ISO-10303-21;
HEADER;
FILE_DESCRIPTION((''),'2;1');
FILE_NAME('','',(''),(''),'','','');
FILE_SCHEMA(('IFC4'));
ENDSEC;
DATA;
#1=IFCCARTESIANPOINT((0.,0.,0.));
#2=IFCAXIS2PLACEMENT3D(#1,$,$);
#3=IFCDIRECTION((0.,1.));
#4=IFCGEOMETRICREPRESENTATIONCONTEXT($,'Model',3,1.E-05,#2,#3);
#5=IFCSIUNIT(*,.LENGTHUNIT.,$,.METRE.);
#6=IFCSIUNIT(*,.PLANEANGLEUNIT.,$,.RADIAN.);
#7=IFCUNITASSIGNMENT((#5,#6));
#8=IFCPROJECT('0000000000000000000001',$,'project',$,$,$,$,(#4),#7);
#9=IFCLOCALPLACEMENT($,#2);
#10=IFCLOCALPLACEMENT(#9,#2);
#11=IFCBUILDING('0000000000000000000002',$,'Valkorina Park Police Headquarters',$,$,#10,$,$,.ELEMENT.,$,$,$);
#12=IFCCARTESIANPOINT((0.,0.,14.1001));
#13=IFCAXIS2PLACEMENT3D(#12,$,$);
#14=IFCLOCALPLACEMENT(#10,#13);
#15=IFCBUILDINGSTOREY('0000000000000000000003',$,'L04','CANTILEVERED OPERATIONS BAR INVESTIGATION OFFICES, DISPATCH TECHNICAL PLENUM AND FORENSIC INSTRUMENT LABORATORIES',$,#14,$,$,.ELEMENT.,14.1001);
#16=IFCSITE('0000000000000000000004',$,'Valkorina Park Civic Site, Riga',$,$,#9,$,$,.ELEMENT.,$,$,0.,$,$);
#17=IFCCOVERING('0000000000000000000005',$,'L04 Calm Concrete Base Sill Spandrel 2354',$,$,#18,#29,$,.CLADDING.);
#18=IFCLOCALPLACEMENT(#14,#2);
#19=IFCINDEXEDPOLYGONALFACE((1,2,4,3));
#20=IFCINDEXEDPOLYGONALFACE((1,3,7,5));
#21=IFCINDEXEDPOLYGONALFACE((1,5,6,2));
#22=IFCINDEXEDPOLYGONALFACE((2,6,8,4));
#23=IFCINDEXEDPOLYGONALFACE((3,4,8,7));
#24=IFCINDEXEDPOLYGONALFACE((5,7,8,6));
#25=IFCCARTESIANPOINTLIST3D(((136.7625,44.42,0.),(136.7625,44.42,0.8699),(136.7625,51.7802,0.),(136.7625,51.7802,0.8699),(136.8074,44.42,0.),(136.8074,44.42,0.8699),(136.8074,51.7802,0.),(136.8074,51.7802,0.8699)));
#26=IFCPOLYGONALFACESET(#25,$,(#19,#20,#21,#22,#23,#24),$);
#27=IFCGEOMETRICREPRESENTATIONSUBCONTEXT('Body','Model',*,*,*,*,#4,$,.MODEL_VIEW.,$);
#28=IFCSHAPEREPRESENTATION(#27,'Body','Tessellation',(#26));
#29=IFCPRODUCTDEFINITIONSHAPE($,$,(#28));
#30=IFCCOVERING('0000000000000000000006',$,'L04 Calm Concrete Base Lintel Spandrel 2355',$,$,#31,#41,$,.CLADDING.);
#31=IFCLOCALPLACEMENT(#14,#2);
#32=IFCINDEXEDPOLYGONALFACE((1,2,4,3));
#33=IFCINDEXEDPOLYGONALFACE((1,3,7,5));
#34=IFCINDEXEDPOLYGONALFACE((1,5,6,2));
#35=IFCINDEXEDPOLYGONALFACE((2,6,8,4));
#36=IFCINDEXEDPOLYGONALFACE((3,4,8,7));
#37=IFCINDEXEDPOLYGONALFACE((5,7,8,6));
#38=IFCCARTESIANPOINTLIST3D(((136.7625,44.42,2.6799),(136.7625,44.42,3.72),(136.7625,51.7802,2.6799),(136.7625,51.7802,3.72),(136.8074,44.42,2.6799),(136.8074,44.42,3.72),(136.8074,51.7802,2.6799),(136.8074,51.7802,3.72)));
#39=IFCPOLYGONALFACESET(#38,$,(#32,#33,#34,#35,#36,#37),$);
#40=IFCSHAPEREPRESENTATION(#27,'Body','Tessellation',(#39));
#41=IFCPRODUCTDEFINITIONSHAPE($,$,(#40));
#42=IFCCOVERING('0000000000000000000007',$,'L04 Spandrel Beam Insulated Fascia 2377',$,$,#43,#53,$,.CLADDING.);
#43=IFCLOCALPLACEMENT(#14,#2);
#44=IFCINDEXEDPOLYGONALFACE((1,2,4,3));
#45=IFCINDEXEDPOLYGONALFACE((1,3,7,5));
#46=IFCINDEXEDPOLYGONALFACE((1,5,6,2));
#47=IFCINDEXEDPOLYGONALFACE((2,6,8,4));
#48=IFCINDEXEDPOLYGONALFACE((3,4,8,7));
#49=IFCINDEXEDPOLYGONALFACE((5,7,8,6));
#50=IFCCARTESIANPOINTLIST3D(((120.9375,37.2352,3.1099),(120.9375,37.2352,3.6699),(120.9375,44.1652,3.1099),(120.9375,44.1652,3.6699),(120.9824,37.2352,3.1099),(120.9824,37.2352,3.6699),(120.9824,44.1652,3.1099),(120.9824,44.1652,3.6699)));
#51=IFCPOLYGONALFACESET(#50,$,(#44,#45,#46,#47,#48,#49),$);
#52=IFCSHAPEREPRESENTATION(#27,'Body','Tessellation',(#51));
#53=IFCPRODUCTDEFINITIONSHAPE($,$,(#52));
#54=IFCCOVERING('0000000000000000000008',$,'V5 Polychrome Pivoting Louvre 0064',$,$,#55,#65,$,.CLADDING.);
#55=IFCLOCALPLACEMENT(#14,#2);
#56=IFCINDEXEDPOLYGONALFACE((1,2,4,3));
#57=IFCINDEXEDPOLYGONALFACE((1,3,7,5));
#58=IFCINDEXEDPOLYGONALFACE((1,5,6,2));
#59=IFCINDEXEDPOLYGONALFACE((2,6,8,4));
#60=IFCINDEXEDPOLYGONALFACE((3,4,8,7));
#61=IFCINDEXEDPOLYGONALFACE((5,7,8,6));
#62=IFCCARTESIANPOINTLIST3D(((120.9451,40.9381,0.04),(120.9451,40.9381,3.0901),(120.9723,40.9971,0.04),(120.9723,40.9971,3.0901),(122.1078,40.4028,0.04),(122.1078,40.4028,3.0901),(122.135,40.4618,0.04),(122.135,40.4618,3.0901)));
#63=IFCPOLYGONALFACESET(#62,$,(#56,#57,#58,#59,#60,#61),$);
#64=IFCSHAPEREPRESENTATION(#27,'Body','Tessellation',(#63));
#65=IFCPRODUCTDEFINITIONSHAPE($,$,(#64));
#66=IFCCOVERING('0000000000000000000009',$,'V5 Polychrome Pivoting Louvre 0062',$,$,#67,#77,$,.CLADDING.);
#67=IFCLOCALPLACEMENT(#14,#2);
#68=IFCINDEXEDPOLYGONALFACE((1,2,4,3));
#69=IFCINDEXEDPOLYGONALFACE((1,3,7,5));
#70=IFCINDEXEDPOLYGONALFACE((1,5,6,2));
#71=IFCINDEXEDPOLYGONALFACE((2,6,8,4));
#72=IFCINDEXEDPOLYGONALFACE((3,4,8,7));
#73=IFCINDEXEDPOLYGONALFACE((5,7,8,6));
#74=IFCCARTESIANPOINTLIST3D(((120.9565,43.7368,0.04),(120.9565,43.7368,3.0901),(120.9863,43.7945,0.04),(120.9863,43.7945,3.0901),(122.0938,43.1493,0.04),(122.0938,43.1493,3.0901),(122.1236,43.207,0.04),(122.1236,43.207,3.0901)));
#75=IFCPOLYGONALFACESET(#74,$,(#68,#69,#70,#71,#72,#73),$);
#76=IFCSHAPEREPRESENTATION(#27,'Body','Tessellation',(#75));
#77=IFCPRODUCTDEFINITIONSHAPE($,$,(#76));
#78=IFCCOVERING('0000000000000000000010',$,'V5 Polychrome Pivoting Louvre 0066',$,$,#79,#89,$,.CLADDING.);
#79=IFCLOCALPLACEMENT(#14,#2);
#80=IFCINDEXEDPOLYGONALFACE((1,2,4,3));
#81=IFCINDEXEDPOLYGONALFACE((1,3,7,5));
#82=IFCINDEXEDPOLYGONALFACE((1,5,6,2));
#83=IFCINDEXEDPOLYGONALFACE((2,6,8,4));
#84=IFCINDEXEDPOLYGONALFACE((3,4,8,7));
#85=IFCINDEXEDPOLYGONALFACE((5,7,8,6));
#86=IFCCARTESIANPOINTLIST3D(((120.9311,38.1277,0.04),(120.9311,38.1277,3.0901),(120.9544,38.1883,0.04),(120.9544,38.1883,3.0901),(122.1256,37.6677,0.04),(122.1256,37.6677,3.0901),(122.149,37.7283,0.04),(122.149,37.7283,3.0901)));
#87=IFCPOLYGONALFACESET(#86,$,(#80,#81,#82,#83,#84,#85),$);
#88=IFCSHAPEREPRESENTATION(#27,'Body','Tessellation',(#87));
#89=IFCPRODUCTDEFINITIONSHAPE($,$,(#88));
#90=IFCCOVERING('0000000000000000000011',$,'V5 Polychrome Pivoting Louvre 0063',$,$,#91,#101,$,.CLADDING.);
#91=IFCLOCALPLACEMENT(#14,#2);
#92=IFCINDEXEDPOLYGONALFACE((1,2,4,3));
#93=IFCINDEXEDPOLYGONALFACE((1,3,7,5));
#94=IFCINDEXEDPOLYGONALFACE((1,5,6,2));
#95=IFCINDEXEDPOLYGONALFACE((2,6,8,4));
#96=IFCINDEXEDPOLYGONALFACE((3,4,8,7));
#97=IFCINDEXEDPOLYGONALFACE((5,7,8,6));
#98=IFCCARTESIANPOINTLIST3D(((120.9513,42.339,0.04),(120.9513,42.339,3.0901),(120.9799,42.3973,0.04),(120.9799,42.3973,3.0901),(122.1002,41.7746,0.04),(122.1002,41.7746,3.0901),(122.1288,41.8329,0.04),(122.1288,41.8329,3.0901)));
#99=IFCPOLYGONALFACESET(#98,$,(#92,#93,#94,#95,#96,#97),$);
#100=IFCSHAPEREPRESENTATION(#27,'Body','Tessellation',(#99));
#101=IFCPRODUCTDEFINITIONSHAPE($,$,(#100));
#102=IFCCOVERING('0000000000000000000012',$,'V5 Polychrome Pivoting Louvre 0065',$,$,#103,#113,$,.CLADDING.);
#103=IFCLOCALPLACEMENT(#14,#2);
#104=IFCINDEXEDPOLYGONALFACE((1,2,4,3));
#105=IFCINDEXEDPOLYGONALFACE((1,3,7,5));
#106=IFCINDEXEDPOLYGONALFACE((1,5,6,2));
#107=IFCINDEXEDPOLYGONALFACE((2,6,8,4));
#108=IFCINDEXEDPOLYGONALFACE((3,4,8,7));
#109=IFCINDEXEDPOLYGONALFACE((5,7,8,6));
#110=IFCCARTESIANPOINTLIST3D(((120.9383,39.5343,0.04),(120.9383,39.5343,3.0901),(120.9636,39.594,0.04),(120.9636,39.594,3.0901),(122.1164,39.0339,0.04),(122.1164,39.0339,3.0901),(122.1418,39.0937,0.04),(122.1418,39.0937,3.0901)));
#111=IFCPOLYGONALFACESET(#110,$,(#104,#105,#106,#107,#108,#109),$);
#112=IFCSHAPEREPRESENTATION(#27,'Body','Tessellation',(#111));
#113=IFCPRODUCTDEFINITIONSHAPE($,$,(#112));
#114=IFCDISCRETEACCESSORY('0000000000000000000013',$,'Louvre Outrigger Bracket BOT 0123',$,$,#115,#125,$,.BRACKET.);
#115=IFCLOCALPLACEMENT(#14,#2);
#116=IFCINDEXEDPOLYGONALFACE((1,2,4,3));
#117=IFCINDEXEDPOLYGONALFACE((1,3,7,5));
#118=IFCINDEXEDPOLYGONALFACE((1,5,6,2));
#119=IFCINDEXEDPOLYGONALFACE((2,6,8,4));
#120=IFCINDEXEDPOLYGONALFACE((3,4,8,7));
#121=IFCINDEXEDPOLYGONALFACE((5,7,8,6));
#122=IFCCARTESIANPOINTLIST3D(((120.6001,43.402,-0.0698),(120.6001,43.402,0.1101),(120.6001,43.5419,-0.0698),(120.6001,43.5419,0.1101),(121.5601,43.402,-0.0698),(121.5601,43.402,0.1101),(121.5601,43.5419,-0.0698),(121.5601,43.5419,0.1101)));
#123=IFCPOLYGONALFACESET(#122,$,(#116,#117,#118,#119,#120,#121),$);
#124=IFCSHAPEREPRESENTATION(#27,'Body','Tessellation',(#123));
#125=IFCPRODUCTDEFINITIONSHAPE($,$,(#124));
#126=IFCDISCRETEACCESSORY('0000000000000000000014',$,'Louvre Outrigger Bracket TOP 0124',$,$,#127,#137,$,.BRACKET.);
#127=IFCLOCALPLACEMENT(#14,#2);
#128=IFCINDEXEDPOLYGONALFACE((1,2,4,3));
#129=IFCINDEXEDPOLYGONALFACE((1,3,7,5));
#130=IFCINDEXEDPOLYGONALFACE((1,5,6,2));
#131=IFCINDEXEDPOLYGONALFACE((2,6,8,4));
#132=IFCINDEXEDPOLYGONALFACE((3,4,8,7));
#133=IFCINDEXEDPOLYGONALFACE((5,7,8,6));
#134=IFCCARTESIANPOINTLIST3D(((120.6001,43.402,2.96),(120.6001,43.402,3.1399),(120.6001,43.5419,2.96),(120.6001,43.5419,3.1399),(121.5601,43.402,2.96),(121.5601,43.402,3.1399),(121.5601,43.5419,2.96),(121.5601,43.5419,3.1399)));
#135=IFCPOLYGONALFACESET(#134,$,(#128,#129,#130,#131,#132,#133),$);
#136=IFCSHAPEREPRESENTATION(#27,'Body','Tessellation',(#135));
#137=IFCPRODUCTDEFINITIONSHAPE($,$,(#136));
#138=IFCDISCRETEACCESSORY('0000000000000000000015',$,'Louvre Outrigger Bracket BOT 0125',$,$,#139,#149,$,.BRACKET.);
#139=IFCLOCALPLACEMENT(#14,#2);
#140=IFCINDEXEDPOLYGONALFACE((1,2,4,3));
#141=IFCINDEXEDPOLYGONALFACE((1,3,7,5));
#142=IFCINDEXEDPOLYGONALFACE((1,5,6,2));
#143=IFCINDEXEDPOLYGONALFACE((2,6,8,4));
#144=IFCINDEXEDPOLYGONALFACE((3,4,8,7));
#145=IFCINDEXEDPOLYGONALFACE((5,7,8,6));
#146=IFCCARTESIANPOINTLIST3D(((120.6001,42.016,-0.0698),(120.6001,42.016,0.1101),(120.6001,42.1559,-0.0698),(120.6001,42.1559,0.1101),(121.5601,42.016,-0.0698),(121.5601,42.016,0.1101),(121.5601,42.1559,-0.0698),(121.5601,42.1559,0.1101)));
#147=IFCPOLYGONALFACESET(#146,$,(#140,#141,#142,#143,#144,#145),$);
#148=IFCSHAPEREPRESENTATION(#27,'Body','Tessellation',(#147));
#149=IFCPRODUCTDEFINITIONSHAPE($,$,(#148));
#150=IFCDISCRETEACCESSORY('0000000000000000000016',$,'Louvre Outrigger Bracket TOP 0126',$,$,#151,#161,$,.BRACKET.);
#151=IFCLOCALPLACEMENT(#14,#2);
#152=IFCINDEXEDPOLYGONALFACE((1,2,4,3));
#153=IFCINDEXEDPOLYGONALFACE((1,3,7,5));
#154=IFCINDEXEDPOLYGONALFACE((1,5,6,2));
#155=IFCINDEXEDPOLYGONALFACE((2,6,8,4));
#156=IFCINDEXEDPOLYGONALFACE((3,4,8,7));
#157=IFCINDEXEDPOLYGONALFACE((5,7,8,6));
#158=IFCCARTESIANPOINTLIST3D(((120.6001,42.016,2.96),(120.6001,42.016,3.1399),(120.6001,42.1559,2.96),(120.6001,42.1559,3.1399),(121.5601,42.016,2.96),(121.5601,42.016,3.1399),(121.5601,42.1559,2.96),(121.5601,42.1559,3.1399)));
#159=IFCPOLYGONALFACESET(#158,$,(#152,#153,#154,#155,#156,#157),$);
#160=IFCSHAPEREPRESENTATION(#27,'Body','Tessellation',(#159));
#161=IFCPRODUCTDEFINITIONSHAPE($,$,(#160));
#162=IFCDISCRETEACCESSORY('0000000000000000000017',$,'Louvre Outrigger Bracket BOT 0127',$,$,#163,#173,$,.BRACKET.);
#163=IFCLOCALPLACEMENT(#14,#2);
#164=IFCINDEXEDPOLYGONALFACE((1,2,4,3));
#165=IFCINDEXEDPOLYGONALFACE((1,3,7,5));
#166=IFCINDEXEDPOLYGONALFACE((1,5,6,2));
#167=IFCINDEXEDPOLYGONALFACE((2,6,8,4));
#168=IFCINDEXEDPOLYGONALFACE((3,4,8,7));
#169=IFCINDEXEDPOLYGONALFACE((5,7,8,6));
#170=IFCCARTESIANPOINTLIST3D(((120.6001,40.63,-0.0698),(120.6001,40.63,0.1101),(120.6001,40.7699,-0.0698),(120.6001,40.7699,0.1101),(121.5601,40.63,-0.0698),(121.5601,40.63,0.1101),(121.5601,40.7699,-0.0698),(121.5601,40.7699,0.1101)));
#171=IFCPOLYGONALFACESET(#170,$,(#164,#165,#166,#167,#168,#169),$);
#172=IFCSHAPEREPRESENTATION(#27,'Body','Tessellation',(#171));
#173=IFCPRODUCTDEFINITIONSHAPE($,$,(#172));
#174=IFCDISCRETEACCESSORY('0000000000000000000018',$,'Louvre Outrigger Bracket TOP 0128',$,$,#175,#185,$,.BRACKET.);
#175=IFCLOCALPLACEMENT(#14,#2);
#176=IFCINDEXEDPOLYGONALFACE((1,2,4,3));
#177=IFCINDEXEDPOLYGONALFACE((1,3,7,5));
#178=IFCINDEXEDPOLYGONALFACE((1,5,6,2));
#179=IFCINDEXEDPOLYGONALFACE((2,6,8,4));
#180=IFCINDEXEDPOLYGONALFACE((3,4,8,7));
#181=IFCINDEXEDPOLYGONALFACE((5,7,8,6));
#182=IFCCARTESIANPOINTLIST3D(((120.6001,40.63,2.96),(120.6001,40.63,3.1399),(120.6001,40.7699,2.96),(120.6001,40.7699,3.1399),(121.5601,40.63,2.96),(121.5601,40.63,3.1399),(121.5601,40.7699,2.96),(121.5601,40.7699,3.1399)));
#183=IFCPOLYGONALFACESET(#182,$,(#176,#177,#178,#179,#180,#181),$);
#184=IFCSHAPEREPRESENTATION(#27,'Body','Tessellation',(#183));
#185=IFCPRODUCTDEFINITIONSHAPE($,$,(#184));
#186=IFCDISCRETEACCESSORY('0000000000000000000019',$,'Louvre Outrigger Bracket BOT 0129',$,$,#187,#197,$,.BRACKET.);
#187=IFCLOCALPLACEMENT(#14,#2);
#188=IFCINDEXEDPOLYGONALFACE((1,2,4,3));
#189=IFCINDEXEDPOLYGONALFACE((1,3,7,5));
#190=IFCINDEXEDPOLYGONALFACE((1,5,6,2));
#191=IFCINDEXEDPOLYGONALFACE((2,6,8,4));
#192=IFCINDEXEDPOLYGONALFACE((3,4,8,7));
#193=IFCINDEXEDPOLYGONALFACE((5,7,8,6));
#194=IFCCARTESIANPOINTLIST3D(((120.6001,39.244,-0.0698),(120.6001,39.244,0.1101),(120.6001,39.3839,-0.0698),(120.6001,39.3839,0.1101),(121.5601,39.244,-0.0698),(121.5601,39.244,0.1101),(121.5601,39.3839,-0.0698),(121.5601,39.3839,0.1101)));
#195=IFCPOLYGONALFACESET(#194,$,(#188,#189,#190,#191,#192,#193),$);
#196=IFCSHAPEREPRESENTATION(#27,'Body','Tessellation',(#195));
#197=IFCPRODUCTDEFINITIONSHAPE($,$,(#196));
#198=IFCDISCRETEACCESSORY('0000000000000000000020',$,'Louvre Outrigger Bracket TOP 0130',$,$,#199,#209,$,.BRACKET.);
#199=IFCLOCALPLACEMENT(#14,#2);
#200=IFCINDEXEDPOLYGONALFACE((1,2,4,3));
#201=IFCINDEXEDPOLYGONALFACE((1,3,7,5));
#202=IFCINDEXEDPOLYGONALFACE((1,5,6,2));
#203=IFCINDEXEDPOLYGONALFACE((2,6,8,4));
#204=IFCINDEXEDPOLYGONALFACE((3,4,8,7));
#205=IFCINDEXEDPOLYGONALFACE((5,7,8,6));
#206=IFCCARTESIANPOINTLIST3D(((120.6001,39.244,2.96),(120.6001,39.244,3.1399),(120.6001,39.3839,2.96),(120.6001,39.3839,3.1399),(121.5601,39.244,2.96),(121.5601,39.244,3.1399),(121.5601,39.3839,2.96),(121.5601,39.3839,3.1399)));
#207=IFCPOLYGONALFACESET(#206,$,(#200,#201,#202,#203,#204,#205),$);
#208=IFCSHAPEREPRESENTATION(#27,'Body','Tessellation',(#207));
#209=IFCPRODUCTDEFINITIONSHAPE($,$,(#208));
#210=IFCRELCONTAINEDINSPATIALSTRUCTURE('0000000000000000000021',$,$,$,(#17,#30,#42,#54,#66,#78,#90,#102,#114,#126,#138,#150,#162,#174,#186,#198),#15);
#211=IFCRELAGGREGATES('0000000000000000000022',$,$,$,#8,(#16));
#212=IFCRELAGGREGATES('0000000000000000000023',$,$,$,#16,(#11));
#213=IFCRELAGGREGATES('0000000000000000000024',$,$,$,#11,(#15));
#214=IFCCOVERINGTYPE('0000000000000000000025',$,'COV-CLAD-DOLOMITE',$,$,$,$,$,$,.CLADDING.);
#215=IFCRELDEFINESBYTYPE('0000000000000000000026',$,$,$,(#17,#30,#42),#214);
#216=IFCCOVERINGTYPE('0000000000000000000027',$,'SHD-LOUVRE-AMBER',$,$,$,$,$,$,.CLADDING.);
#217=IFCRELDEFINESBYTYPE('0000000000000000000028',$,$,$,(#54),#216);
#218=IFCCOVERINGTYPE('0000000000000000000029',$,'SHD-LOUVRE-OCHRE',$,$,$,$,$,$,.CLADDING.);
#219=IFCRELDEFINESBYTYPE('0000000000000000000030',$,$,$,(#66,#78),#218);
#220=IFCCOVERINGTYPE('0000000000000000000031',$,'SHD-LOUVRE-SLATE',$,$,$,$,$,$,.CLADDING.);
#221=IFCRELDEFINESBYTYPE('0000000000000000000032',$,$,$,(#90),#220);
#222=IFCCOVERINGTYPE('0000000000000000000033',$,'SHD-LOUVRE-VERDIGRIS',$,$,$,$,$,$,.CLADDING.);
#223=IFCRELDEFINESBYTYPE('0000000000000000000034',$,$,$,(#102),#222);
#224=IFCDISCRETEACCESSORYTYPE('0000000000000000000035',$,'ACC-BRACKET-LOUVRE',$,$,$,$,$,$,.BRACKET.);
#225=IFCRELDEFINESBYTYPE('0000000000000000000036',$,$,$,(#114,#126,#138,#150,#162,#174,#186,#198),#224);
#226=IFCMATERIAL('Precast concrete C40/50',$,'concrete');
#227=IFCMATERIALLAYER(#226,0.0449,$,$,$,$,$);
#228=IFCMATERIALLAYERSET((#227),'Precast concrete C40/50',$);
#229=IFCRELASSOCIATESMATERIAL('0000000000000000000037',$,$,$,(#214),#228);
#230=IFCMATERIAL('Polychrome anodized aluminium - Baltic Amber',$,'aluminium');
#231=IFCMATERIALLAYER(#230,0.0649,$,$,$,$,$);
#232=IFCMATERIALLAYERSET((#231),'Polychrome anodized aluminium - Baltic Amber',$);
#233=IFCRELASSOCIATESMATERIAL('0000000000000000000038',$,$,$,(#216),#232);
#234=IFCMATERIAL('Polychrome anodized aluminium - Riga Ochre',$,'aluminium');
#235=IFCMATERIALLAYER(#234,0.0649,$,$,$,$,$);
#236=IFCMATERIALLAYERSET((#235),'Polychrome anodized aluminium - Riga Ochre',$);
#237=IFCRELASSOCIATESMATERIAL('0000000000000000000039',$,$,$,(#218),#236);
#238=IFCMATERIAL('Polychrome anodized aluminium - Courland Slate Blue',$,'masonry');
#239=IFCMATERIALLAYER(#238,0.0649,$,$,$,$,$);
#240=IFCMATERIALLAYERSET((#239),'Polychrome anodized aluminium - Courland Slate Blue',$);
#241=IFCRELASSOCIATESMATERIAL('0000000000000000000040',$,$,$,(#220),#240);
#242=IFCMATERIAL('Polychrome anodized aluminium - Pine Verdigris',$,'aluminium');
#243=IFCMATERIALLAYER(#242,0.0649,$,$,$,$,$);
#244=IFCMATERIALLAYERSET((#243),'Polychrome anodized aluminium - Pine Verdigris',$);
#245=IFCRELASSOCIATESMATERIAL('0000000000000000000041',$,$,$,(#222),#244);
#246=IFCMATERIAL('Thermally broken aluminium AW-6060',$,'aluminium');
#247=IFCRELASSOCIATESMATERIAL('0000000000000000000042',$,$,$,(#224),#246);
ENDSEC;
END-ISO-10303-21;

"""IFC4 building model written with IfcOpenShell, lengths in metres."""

from ifc_helpers import new_model, si_unit, direction, frame, frame_2d, origin, origin_2d, place, context, subcontext, project, spatial, rectangle, extrude, material, layer, layer_set, type_object, element, save


model = new_model("IFC4")

# Units and contexts
model_context = context("Model", 3, precision=1e-05, world=origin(), true_north=direction((0.0, 1.0)))
body_context = subcontext(model_context, "Body", "Model", "MODEL_VIEW")
ifc_project = project(units=[si_unit("LENGTHUNIT", "METRE"), si_unit("PLANEANGLEUNIT", "RADIAN")], contexts=[model_context])

# Site, building, storey
site_placement = place(None, origin())
site = spatial("IfcSite", under=ifc_project, at=site_placement, Name="Valkorina Park Civic Site, Riga", CompositionType="ELEMENT", RefElevation=0.0)
building_placement = place(site_placement, origin())
building = spatial("IfcBuilding", under=site, at=building_placement, Name="Valkorina Park Police Headquarters", CompositionType="ELEMENT")
storey_placement = place(building_placement, frame((0.0, 0.0, 14.1001)))
storey = spatial("IfcBuildingStorey", under=building, at=storey_placement, Name="L04", Description="CANTILEVERED OPERATIONS BAR INVESTIGATION OFFICES, DISPATCH TECHNICAL PLENUM AND FORENSIC INSTRUMENT LABORATORIES", CompositionType="ELEMENT", Elevation=14.1001)

# Shared definitions
ifc_material_1 = material(Name="Thermally broken aluminium AW-6060", Category="aluminium")

# Coverings
ifc_material_2 = material(Name="Precast concrete C40/50", Category="concrete")
ifc_layer_1 = layer(ifc_material_2, 0.0449)
ifc_layer_set_1 = layer_set([ifc_layer_1], Name="Precast concrete C40/50")
covering_type_1 = type_object("IfcCoveringType", Name="COV-CLAD-DOLOMITE", PredefinedType="CLADDING", material=ifc_layer_set_1)
covering_1_placement = place(storey_placement, frame((136.7849, 44.4199, 0.0), z_axis=(0.0, 0.0, 1.0), x_axis=(0.0, 1.0, 0.0)))
element("IfcCovering", 1, at=covering_1_placement, inside=storey, type_object=covering_type_1, Name="L04 Calm Concrete Base Sill Spandrel 2354", PredefinedType="CLADDING", context=body_context, shape_type="SweptSolid", body=[
    extrude(rectangle(XDim=7.3601, YDim=0.0449, at=frame_2d((3.6802, 0.0))), origin(), (0.0, 0.0, 1.0), 0.8699),
])
covering_2_placement = place(storey_placement, frame((136.7849, 44.4199, 2.6799), z_axis=(0.0, 0.0, 1.0), x_axis=(0.0, 1.0, 0.0)))
element("IfcCovering", 2, at=covering_2_placement, inside=storey, type_object=covering_type_1, Name="L04 Calm Concrete Base Lintel Spandrel 2355", PredefinedType="CLADDING", context=body_context, shape_type="SweptSolid", body=[
    extrude(rectangle(XDim=7.3601, YDim=0.0449, at=frame_2d((3.6802, 0.0))), origin(), (0.0, 0.0, 1.0), 1.04),
])
covering_3_placement = place(storey_placement, frame((120.96, 44.165, 3.1099), z_axis=(0.0, 0.0, 1.0), x_axis=(0.0, -1.0, 0.0)))
element("IfcCovering", 3, at=covering_3_placement, inside=storey, type_object=covering_type_1, Name="L04 Spandrel Beam Insulated Fascia 2377", PredefinedType="CLADDING", context=body_context, shape_type="SweptSolid", body=[
    extrude(rectangle(XDim=6.9299, YDim=0.0449, at=frame_2d((3.4648, 0.0))), origin(), (0.0, 0.0, 1.0), 0.5601),
])
ifc_material_3 = material(Name="Polychrome anodized aluminium - Baltic Amber", Category="aluminium")
ifc_layer_2 = layer(ifc_material_3, 0.0649)
ifc_layer_set_2 = layer_set([ifc_layer_2], Name="Polychrome anodized aluminium - Baltic Amber")
covering_type_2 = type_object("IfcCoveringType", Name="SHD-LOUVRE-AMBER", PredefinedType="CLADDING", material=ifc_layer_set_2)
covering_4_placement = place(storey_placement, frame((121.54, 40.7, 0.04), z_axis=(0.0, 0.0, 1.0), x_axis=(0.908362, -0.418184, 0.0)))
element("IfcCovering", 4, at=covering_4_placement, inside=storey, type_object=covering_type_2, Name="V5 Polychrome Pivoting Louvre 0064", PredefinedType="CLADDING", context=body_context, shape_type="SweptSolid", body=[
    extrude(rectangle(XDim=1.28, YDim=0.0649, at=origin_2d()), origin(), (0.0, 0.0, 1.0), 3.05),
])
ifc_material_4 = material(Name="Polychrome anodized aluminium - Riga Ochre", Category="aluminium")
ifc_layer_3 = layer(ifc_material_4, 0.0649)
ifc_layer_set_3 = layer_set([ifc_layer_3], Name="Polychrome anodized aluminium - Riga Ochre")
covering_type_3 = type_object("IfcCoveringType", Name="SHD-LOUVRE-OCHRE", PredefinedType="CLADDING", material=ifc_layer_set_3)
for number, where, z_axis, x_axis, name in (
    (5, (121.54, 43.4719, 0.04), (0.0, 0.0, 1.0), (0.888457, -0.45896, 0.0), "V5 Polychrome Pivoting Louvre 0062"),
    (6, (121.54, 37.928, 0.04), (0.0, 0.0, 1.0), (0.933205, -0.359345, 0.0), "V5 Polychrome Pivoting Louvre 0066"),
):
    element("IfcCovering", number, at=place(storey_placement, frame(where, z_axis=z_axis, x_axis=x_axis)), inside=storey, type_object=covering_type_3, Name=name, PredefinedType="CLADDING", context=body_context, shape_type="SweptSolid", body=[
        extrude(rectangle(XDim=1.28, YDim=0.0649, at=origin_2d()), origin(), (0.0, 0.0, 1.0), 3.05),
    ])
ifc_material_5 = material(Name="Polychrome anodized aluminium - Courland Slate Blue", Category="masonry")
ifc_layer_4 = layer(ifc_material_5, 0.0649)
ifc_layer_set_4 = layer_set([ifc_layer_4], Name="Polychrome anodized aluminium - Courland Slate Blue")
covering_type_4 = type_object("IfcCoveringType", Name="SHD-LOUVRE-SLATE", PredefinedType="CLADDING", material=ifc_layer_set_4)
covering_5_placement = place(storey_placement, frame((121.54, 42.0859, 0.04), z_axis=(0.0, 0.0, 1.0), x_axis=(0.897566, -0.440879, 0.0)))
element("IfcCovering", 7, at=covering_5_placement, inside=storey, type_object=covering_type_4, Name="V5 Polychrome Pivoting Louvre 0063", PredefinedType="CLADDING", context=body_context, shape_type="SweptSolid", body=[
    extrude(rectangle(XDim=1.28, YDim=0.0649, at=origin_2d()), origin(), (0.0, 0.0, 1.0), 3.05),
])
ifc_material_6 = material(Name="Polychrome anodized aluminium - Pine Verdigris", Category="aluminium")
ifc_layer_5 = layer(ifc_material_6, 0.0649)
ifc_layer_set_5 = layer_set([ifc_layer_5], Name="Polychrome anodized aluminium - Pine Verdigris")
covering_type_5 = type_object("IfcCoveringType", Name="SHD-LOUVRE-VERDIGRIS", PredefinedType="CLADDING", material=ifc_layer_set_5)
covering_6_placement = place(storey_placement, frame((121.54, 39.314, 0.04), z_axis=(0.0, 0.0, 1.0), x_axis=(0.920437, -0.390892, 0.0)))
element("IfcCovering", 8, at=covering_6_placement, inside=storey, type_object=covering_type_5, Name="V5 Polychrome Pivoting Louvre 0065", PredefinedType="CLADDING", context=body_context, shape_type="SweptSolid", body=[
    extrude(rectangle(XDim=1.28, YDim=0.0649, at=origin_2d()), origin(), (0.0, 0.0, 1.0), 3.05),
])

# Discrete accessories
discrete_accessory_type = type_object("IfcDiscreteAccessoryType", Name="ACC-BRACKET-LOUVRE", PredefinedType="BRACKET", material=ifc_material_1)
for number, where, z_axis, x_axis, name in (
    (9, (121.0801, 43.4719, -0.0698), (0.0, 0.0, 1.0), (1.0, 0.0, 0.0), "Louvre Outrigger Bracket BOT 0123"),
    (10, (121.0801, 43.4719, 2.96), (0.0, 0.0, 1.0), (1.0, 0.0, 0.0), "Louvre Outrigger Bracket TOP 0124"),
    (11, (121.0801, 42.0859, -0.0698), (0.0, 0.0, 1.0), (1.0, 0.0, 0.0), "Louvre Outrigger Bracket BOT 0125"),
    (12, (121.0801, 42.0859, 2.96), (0.0, 0.0, 1.0), (1.0, 0.0, 0.0), "Louvre Outrigger Bracket TOP 0126"),
    (13, (121.0801, 40.7, -0.0698), (0.0, 0.0, 1.0), (1.0, 0.0, 0.0), "Louvre Outrigger Bracket BOT 0127"),
    (14, (121.0801, 40.7, 2.96), (0.0, 0.0, 1.0), (1.0, 0.0, 0.0), "Louvre Outrigger Bracket TOP 0128"),
    (15, (121.0801, 39.314, -0.0698), (0.0, 0.0, 1.0), (1.0, 0.0, 0.0), "Louvre Outrigger Bracket BOT 0129"),
    (16, (121.0801, 39.314, 2.96), (0.0, 0.0, 1.0), (1.0, 0.0, 0.0), "Louvre Outrigger Bracket TOP 0130"),
):
    element("IfcDiscreteAccessory", number, at=place(storey_placement, frame(where, z_axis=z_axis, x_axis=x_axis)), inside=storey, type_object=discrete_accessory_type, Name=name, PredefinedType="BRACKET", context=body_context, shape_type="SweptSolid", body=[
        extrude(rectangle(XDim=0.96, YDim=0.1399, at=origin_2d()), origin(), (0.0, 0.0, 1.0), 0.1799),
    ])

save(model, "model.ifc")
